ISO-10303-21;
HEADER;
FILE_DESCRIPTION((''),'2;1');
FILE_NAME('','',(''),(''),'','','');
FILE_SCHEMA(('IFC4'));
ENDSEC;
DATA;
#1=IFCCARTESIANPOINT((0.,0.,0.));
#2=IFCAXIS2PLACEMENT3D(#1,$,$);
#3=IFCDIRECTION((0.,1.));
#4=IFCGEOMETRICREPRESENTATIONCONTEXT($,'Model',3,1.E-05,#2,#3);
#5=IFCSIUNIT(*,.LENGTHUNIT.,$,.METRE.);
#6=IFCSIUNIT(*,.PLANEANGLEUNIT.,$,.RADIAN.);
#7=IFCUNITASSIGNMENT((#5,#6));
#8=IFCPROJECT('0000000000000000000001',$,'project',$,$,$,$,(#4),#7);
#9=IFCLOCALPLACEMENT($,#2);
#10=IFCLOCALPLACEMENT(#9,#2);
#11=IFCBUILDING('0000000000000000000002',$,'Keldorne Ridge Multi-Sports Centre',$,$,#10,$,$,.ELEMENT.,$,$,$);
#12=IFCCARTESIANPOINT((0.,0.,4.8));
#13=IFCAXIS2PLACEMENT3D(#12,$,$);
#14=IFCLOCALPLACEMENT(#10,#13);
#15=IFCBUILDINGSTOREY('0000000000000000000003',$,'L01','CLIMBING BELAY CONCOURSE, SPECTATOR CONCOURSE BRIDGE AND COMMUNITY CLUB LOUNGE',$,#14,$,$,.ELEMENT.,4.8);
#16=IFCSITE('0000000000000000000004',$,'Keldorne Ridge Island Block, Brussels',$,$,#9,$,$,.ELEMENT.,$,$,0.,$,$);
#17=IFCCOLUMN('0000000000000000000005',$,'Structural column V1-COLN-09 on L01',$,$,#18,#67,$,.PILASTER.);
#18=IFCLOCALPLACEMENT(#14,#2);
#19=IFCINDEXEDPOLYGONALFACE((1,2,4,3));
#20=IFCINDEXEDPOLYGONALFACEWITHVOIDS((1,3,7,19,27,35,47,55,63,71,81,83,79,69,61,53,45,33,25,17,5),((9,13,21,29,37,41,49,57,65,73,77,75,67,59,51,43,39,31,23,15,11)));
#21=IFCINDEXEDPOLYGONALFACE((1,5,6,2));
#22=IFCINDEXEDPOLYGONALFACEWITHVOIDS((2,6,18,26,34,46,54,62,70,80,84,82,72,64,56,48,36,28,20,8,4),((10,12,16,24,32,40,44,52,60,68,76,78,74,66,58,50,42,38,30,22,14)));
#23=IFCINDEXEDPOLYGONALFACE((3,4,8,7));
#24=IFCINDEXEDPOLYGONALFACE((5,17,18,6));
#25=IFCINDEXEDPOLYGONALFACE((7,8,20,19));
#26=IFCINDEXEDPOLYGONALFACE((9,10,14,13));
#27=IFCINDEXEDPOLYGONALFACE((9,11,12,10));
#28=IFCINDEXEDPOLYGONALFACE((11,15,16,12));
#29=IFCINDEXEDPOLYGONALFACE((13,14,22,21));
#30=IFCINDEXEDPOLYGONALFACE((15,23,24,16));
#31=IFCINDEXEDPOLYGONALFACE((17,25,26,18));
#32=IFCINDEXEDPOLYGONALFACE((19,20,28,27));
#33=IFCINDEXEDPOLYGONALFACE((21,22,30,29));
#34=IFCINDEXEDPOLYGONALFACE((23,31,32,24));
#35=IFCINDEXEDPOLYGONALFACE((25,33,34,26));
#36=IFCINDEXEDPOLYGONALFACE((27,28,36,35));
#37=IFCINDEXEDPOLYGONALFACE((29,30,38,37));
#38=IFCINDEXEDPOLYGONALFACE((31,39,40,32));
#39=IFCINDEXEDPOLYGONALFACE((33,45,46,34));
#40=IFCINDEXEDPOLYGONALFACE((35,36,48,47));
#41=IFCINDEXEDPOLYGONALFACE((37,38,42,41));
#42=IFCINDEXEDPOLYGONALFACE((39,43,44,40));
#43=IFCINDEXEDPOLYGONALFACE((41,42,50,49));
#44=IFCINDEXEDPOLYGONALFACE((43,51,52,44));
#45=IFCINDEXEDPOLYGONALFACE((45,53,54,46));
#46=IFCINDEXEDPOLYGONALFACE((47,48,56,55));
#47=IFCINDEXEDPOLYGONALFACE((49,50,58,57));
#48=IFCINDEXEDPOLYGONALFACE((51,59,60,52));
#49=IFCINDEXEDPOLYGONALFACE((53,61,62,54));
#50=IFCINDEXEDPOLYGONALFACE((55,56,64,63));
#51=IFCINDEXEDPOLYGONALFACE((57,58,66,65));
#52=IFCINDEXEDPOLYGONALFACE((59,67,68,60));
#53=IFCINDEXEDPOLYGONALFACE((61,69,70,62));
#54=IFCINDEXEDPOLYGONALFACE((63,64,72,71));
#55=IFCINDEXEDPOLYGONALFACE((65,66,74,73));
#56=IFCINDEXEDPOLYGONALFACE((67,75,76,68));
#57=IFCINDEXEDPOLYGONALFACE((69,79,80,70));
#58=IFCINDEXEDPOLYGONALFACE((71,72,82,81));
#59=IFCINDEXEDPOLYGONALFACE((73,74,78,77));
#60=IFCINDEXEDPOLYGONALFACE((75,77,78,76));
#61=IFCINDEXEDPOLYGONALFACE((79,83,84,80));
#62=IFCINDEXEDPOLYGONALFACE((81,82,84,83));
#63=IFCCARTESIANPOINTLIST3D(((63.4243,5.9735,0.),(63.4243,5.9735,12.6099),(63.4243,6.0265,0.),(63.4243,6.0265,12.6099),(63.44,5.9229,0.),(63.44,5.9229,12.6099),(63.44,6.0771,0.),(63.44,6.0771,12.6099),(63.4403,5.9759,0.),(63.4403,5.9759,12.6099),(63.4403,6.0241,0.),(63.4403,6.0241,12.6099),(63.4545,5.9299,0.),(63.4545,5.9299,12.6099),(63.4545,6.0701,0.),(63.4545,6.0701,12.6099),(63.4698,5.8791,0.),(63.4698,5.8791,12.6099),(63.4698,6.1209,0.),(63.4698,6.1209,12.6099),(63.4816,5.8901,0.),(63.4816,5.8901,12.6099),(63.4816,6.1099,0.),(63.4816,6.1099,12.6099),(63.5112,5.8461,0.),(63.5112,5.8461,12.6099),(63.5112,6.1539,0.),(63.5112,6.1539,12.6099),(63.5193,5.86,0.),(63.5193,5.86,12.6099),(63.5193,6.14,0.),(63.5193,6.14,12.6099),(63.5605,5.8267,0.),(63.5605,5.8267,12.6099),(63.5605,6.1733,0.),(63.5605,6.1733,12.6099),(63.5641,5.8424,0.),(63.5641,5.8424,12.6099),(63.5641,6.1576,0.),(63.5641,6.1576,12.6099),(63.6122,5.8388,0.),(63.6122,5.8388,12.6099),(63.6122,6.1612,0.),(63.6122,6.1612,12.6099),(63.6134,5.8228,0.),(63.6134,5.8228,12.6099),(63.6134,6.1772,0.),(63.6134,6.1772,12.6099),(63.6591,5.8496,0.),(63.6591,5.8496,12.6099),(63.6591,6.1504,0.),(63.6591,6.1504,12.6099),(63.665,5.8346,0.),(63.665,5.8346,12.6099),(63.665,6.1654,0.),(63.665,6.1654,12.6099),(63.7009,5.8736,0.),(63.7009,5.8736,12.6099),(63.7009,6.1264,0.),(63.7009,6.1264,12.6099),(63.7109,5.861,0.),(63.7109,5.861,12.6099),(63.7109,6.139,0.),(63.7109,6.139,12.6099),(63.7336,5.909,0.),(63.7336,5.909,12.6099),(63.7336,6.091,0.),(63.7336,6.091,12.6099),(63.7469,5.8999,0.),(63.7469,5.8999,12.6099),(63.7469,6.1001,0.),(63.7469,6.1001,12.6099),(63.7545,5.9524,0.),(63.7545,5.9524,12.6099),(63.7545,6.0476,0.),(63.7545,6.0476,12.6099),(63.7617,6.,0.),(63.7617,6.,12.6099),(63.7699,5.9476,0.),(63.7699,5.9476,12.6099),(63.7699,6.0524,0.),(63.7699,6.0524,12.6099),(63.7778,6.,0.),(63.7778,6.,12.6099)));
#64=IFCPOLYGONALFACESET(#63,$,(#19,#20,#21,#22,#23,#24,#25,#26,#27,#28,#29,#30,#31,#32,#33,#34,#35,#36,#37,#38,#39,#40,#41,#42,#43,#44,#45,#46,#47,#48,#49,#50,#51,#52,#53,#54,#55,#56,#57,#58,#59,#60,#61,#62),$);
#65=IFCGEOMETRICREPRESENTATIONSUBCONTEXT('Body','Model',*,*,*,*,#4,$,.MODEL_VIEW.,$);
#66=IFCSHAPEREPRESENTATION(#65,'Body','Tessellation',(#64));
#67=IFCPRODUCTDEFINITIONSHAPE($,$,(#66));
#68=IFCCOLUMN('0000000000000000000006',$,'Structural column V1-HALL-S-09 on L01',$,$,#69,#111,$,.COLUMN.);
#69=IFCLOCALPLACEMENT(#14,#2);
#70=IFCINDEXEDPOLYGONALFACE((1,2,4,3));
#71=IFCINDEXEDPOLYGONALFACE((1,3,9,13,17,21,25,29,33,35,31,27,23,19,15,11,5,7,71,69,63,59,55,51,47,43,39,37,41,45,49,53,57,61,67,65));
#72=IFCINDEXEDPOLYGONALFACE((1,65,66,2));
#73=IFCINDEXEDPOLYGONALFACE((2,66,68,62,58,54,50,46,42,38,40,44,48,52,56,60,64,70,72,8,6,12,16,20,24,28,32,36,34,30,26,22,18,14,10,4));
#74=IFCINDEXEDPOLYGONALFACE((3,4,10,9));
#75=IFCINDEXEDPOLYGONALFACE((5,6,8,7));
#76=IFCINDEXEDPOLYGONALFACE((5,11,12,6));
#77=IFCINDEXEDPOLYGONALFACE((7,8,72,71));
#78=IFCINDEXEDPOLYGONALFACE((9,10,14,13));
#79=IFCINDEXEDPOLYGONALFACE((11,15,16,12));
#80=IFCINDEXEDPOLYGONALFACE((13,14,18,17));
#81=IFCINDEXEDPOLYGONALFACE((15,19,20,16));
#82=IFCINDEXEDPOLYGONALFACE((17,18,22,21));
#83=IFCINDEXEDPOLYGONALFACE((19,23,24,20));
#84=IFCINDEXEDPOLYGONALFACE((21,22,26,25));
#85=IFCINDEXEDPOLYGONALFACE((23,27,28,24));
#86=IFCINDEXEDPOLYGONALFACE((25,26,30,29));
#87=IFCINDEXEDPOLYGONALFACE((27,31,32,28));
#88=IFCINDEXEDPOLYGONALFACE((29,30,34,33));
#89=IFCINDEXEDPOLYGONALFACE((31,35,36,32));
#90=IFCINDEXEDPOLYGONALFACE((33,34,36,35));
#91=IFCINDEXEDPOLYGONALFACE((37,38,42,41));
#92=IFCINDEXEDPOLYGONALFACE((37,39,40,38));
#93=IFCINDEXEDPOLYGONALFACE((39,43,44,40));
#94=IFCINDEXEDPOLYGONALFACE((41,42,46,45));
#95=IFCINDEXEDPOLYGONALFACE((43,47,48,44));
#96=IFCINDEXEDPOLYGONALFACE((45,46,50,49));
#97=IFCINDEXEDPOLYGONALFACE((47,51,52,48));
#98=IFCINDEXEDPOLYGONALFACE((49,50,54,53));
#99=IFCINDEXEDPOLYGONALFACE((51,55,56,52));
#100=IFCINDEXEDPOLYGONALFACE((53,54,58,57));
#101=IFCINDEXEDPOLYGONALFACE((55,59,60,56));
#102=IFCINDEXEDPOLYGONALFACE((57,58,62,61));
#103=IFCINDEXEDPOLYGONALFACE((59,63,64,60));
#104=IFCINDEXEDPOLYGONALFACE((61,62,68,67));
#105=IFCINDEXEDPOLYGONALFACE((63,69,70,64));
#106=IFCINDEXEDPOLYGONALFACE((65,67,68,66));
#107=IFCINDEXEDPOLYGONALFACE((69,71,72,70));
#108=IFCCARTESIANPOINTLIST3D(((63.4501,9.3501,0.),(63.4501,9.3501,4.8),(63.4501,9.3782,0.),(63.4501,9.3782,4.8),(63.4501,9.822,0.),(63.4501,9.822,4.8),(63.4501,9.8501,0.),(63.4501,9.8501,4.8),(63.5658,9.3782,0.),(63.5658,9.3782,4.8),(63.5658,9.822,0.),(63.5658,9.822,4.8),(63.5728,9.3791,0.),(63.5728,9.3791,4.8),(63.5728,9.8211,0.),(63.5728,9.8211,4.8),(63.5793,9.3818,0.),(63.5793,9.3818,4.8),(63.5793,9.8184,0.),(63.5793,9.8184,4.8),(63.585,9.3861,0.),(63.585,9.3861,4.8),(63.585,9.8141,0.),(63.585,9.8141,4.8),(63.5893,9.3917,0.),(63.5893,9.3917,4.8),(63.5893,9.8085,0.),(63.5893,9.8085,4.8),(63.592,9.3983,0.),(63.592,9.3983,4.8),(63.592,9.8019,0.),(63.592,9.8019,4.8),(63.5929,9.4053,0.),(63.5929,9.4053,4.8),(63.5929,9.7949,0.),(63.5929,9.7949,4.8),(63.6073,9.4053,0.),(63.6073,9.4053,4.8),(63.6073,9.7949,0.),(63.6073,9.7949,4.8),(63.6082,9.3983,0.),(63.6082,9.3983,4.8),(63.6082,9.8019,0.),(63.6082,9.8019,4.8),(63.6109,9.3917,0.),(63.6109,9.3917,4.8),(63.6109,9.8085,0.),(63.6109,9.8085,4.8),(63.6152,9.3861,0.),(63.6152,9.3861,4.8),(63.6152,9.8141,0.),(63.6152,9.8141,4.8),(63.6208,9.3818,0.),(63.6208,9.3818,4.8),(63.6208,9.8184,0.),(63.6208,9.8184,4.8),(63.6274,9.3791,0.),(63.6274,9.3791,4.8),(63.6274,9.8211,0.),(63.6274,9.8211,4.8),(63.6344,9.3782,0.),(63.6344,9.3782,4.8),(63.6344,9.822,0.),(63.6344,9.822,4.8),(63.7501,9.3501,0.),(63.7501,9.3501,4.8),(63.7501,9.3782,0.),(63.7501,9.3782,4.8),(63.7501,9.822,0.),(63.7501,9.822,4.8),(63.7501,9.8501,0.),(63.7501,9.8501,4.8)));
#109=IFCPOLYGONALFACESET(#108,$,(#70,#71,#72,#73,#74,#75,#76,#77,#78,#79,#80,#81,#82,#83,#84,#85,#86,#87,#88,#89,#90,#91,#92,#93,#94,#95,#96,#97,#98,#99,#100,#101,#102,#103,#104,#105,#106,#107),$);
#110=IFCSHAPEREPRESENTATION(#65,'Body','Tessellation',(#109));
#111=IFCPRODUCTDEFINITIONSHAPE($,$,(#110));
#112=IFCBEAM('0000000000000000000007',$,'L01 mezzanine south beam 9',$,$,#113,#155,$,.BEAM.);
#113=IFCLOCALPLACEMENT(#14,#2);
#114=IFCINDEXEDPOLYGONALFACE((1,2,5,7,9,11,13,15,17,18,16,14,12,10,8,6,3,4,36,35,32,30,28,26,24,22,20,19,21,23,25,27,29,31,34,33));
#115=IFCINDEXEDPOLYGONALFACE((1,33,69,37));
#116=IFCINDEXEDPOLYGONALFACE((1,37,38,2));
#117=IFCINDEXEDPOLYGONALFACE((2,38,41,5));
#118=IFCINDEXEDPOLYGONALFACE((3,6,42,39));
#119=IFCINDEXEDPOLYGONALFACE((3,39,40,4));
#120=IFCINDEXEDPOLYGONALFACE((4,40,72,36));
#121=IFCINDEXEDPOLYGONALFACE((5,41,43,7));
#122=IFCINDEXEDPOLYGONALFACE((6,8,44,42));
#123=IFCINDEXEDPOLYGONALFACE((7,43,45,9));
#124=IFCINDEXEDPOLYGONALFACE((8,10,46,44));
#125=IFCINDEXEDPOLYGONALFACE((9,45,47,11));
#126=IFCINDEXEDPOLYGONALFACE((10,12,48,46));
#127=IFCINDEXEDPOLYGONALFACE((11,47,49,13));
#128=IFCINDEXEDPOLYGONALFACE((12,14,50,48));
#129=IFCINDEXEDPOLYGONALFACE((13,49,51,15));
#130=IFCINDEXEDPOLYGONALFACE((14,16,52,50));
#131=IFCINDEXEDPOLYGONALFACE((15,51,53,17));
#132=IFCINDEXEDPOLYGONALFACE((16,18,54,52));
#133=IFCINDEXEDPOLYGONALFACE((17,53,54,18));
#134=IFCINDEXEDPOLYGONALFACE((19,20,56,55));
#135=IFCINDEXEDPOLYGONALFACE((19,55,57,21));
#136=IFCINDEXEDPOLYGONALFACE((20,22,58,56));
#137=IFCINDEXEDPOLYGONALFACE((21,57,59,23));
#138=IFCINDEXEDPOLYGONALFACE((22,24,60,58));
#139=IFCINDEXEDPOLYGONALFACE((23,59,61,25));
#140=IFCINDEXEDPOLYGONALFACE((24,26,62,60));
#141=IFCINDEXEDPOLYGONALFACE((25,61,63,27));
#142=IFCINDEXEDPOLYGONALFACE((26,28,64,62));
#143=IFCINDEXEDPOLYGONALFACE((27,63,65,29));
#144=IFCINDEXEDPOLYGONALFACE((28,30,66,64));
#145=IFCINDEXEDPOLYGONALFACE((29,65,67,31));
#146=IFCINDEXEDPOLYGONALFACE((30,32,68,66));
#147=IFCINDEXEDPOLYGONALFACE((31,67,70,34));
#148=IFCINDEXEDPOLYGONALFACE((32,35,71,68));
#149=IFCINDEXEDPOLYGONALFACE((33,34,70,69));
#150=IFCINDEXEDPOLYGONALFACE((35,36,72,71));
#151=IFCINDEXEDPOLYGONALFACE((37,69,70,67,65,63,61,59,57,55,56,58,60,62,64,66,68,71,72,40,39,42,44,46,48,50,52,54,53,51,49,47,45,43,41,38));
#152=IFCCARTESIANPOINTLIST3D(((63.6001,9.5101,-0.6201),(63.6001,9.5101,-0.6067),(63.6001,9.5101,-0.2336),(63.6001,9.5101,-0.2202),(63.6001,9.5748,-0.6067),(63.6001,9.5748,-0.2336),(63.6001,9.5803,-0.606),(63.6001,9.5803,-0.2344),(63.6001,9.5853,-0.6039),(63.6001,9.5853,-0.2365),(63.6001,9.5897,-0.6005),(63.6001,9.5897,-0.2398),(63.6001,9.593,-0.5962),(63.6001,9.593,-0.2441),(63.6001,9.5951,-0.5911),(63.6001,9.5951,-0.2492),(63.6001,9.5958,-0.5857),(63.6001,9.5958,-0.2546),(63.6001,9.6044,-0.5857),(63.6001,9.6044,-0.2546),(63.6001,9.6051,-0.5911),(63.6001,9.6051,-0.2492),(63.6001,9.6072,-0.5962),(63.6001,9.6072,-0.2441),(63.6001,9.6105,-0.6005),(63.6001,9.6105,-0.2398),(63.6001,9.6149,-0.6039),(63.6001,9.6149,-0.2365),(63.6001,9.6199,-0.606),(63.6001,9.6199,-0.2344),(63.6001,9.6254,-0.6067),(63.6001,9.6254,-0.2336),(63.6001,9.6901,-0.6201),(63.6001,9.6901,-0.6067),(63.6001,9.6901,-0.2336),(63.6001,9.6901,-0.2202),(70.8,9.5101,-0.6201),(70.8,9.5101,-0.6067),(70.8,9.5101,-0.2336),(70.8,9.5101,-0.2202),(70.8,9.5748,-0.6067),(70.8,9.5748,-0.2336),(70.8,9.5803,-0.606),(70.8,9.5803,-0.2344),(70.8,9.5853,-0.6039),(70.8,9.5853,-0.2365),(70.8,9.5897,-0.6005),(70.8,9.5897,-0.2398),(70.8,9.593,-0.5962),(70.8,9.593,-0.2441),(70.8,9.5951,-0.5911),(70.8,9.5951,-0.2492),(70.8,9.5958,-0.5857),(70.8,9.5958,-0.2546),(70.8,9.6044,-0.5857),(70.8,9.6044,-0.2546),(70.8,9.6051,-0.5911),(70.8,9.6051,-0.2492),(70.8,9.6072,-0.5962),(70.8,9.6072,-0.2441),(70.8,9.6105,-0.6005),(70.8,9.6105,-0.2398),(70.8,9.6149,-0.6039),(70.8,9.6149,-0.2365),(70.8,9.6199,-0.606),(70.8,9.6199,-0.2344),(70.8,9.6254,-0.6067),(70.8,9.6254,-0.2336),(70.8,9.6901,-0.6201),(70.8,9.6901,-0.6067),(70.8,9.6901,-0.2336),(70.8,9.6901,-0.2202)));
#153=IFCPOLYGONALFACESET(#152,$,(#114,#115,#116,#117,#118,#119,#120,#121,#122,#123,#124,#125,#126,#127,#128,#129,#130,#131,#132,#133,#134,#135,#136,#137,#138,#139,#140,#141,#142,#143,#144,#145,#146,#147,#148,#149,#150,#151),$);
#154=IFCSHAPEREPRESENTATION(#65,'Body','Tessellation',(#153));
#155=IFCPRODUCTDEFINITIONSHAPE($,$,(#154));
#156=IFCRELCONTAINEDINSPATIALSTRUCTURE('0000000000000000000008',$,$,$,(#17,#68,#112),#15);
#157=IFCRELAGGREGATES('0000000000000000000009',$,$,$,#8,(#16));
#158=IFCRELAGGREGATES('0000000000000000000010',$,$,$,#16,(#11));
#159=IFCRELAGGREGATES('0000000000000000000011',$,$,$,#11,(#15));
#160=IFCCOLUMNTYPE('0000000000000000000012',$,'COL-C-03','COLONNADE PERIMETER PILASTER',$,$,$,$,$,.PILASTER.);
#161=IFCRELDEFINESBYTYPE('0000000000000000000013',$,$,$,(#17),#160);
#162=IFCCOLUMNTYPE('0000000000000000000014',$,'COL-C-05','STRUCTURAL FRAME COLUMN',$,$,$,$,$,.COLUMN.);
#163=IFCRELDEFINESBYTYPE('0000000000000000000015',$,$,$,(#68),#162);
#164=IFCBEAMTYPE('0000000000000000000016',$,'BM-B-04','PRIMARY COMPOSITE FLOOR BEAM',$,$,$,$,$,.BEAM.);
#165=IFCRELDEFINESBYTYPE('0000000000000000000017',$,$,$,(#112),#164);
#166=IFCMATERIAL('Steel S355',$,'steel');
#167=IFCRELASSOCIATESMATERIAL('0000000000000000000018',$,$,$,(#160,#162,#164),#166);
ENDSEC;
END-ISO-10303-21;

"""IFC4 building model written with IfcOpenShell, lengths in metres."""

from ifc_helpers import new_model, si_unit, direction, frame, origin, origin_2d, place, context, subcontext, project, spatial, hollow_circle, i_section, extrude, material, material_profile, profile_set, type_object, element, save


model = new_model("IFC4")

# Units and contexts
model_context = context("Model", 3, precision=1e-05, world=origin(), true_north=direction((0.0, 1.0)))
body_context = subcontext(model_context, "Body", "Model", "MODEL_VIEW")
ifc_project = project(units=[si_unit("LENGTHUNIT", "METRE"), si_unit("PLANEANGLEUNIT", "RADIAN")], contexts=[model_context])

# Site, building, storey
site_placement = place(None, origin())
site = spatial("IfcSite", under=ifc_project, at=site_placement, Name="Keldorne Ridge Island Block, Brussels", CompositionType="ELEMENT", RefElevation=0.0)
building_placement = place(site_placement, origin())
building = spatial("IfcBuilding", under=site, at=building_placement, Name="Keldorne Ridge Multi-Sports Centre", CompositionType="ELEMENT")
storey_placement = place(building_placement, frame((0.0, 0.0, 4.8)))
storey = spatial("IfcBuildingStorey", under=building, at=storey_placement, Name="L01", Description="CLIMBING BELAY CONCOURSE, SPECTATOR CONCOURSE BRIDGE AND COMMUNITY CLUB LOUNGE", CompositionType="ELEMENT", Elevation=4.8)

# Columns
ifc_material_1 = material(Name="Steel S355", Category="steel")
ifc_material_profile_1 = material_profile(ifc_material_1, hollow_circle(Radius=0.1777, WallThickness=0.0161, at=origin_2d()), Name="CHS 355.6x16")
ifc_profile_set_1 = profile_set([ifc_material_profile_1], Name="Steel S355")
column_type_1 = type_object("IfcColumnType", Name="COL-C-03", Description="COLONNADE PERIMETER PILASTER", PredefinedType="PILASTER", material=ifc_profile_set_1)
column_1_placement = place(storey_placement, frame((63.6001, 6.0, 0.0), z_axis=(0.0, 0.0, 1.0), x_axis=(1.0, 0.0, 0.0)))
element("IfcColumn", 1, at=column_1_placement, inside=storey, type_object=column_type_1, Name="Structural column V1-COLN-09 on L01", PredefinedType="PILASTER", context=body_context, shape_type="SweptSolid", body=[
    extrude(hollow_circle(Radius=0.1777, WallThickness=0.0161, at=origin_2d()), origin(), (0.0, 0.0, 1.0), 12.6099),
])
ifc_material_profile_2 = material_profile(ifc_material_1, i_section(OverallWidth=0.3, OverallDepth=0.5, WebThickness=0.0144, FlangeThickness=0.0281, FilletRadius=0.0271, at=origin_2d()), Name="HEB 500")
ifc_profile_set_2 = profile_set([ifc_material_profile_2], Name="Steel S355")
column_type_2 = type_object("IfcColumnType", Name="COL-C-05", Description="STRUCTURAL FRAME COLUMN", PredefinedType="COLUMN", material=ifc_profile_set_2)
column_2_placement = place(storey_placement, frame((63.6001, 9.6001, 0.0), z_axis=(0.0, 0.0, 1.0), x_axis=(1.0, 0.0, 0.0)))
element("IfcColumn", 2, at=column_2_placement, inside=storey, type_object=column_type_2, Name="Structural column V1-HALL-S-09 on L01", PredefinedType="COLUMN", context=body_context, shape_type="SweptSolid", body=[
    extrude(i_section(OverallWidth=0.3, OverallDepth=0.5, WebThickness=0.0144, FlangeThickness=0.0281, FilletRadius=0.0271, at=origin_2d()), origin(), (0.0, 0.0, 1.0), 4.8),
])

# Beam
ifc_material_profile_3 = material_profile(ifc_material_1, i_section(OverallWidth=0.1799, OverallDepth=0.3999, WebThickness=0.0085, FlangeThickness=0.0134, FilletRadius=0.021, at=origin_2d()), Name="IPE 400")
ifc_profile_set_3 = profile_set([ifc_material_profile_3], Name="Steel S355")
beam_type_1 = type_object("IfcBeamType", Name="BM-B-04", Description="PRIMARY COMPOSITE FLOOR BEAM", PredefinedType="BEAM", material=ifc_profile_set_3)
beam_1_placement = place(storey_placement, frame((63.6001, 9.6001, -0.4202), z_axis=(1.0, 0.0, 0.0), x_axis=(0.0, 1.0, 0.0)))
element("IfcBeam", 3, at=beam_1_placement, inside=storey, type_object=beam_type_1, Name="L01 mezzanine south beam 9", PredefinedType="BEAM", context=body_context, shape_type="SweptSolid", body=[
    extrude(i_section(OverallWidth=0.1799, OverallDepth=0.3999, WebThickness=0.0085, FlangeThickness=0.0134, FilletRadius=0.021, at=origin_2d()), origin(), (0.0, 0.0, 1.0), 7.2),
])

save(model, "model.ifc")
